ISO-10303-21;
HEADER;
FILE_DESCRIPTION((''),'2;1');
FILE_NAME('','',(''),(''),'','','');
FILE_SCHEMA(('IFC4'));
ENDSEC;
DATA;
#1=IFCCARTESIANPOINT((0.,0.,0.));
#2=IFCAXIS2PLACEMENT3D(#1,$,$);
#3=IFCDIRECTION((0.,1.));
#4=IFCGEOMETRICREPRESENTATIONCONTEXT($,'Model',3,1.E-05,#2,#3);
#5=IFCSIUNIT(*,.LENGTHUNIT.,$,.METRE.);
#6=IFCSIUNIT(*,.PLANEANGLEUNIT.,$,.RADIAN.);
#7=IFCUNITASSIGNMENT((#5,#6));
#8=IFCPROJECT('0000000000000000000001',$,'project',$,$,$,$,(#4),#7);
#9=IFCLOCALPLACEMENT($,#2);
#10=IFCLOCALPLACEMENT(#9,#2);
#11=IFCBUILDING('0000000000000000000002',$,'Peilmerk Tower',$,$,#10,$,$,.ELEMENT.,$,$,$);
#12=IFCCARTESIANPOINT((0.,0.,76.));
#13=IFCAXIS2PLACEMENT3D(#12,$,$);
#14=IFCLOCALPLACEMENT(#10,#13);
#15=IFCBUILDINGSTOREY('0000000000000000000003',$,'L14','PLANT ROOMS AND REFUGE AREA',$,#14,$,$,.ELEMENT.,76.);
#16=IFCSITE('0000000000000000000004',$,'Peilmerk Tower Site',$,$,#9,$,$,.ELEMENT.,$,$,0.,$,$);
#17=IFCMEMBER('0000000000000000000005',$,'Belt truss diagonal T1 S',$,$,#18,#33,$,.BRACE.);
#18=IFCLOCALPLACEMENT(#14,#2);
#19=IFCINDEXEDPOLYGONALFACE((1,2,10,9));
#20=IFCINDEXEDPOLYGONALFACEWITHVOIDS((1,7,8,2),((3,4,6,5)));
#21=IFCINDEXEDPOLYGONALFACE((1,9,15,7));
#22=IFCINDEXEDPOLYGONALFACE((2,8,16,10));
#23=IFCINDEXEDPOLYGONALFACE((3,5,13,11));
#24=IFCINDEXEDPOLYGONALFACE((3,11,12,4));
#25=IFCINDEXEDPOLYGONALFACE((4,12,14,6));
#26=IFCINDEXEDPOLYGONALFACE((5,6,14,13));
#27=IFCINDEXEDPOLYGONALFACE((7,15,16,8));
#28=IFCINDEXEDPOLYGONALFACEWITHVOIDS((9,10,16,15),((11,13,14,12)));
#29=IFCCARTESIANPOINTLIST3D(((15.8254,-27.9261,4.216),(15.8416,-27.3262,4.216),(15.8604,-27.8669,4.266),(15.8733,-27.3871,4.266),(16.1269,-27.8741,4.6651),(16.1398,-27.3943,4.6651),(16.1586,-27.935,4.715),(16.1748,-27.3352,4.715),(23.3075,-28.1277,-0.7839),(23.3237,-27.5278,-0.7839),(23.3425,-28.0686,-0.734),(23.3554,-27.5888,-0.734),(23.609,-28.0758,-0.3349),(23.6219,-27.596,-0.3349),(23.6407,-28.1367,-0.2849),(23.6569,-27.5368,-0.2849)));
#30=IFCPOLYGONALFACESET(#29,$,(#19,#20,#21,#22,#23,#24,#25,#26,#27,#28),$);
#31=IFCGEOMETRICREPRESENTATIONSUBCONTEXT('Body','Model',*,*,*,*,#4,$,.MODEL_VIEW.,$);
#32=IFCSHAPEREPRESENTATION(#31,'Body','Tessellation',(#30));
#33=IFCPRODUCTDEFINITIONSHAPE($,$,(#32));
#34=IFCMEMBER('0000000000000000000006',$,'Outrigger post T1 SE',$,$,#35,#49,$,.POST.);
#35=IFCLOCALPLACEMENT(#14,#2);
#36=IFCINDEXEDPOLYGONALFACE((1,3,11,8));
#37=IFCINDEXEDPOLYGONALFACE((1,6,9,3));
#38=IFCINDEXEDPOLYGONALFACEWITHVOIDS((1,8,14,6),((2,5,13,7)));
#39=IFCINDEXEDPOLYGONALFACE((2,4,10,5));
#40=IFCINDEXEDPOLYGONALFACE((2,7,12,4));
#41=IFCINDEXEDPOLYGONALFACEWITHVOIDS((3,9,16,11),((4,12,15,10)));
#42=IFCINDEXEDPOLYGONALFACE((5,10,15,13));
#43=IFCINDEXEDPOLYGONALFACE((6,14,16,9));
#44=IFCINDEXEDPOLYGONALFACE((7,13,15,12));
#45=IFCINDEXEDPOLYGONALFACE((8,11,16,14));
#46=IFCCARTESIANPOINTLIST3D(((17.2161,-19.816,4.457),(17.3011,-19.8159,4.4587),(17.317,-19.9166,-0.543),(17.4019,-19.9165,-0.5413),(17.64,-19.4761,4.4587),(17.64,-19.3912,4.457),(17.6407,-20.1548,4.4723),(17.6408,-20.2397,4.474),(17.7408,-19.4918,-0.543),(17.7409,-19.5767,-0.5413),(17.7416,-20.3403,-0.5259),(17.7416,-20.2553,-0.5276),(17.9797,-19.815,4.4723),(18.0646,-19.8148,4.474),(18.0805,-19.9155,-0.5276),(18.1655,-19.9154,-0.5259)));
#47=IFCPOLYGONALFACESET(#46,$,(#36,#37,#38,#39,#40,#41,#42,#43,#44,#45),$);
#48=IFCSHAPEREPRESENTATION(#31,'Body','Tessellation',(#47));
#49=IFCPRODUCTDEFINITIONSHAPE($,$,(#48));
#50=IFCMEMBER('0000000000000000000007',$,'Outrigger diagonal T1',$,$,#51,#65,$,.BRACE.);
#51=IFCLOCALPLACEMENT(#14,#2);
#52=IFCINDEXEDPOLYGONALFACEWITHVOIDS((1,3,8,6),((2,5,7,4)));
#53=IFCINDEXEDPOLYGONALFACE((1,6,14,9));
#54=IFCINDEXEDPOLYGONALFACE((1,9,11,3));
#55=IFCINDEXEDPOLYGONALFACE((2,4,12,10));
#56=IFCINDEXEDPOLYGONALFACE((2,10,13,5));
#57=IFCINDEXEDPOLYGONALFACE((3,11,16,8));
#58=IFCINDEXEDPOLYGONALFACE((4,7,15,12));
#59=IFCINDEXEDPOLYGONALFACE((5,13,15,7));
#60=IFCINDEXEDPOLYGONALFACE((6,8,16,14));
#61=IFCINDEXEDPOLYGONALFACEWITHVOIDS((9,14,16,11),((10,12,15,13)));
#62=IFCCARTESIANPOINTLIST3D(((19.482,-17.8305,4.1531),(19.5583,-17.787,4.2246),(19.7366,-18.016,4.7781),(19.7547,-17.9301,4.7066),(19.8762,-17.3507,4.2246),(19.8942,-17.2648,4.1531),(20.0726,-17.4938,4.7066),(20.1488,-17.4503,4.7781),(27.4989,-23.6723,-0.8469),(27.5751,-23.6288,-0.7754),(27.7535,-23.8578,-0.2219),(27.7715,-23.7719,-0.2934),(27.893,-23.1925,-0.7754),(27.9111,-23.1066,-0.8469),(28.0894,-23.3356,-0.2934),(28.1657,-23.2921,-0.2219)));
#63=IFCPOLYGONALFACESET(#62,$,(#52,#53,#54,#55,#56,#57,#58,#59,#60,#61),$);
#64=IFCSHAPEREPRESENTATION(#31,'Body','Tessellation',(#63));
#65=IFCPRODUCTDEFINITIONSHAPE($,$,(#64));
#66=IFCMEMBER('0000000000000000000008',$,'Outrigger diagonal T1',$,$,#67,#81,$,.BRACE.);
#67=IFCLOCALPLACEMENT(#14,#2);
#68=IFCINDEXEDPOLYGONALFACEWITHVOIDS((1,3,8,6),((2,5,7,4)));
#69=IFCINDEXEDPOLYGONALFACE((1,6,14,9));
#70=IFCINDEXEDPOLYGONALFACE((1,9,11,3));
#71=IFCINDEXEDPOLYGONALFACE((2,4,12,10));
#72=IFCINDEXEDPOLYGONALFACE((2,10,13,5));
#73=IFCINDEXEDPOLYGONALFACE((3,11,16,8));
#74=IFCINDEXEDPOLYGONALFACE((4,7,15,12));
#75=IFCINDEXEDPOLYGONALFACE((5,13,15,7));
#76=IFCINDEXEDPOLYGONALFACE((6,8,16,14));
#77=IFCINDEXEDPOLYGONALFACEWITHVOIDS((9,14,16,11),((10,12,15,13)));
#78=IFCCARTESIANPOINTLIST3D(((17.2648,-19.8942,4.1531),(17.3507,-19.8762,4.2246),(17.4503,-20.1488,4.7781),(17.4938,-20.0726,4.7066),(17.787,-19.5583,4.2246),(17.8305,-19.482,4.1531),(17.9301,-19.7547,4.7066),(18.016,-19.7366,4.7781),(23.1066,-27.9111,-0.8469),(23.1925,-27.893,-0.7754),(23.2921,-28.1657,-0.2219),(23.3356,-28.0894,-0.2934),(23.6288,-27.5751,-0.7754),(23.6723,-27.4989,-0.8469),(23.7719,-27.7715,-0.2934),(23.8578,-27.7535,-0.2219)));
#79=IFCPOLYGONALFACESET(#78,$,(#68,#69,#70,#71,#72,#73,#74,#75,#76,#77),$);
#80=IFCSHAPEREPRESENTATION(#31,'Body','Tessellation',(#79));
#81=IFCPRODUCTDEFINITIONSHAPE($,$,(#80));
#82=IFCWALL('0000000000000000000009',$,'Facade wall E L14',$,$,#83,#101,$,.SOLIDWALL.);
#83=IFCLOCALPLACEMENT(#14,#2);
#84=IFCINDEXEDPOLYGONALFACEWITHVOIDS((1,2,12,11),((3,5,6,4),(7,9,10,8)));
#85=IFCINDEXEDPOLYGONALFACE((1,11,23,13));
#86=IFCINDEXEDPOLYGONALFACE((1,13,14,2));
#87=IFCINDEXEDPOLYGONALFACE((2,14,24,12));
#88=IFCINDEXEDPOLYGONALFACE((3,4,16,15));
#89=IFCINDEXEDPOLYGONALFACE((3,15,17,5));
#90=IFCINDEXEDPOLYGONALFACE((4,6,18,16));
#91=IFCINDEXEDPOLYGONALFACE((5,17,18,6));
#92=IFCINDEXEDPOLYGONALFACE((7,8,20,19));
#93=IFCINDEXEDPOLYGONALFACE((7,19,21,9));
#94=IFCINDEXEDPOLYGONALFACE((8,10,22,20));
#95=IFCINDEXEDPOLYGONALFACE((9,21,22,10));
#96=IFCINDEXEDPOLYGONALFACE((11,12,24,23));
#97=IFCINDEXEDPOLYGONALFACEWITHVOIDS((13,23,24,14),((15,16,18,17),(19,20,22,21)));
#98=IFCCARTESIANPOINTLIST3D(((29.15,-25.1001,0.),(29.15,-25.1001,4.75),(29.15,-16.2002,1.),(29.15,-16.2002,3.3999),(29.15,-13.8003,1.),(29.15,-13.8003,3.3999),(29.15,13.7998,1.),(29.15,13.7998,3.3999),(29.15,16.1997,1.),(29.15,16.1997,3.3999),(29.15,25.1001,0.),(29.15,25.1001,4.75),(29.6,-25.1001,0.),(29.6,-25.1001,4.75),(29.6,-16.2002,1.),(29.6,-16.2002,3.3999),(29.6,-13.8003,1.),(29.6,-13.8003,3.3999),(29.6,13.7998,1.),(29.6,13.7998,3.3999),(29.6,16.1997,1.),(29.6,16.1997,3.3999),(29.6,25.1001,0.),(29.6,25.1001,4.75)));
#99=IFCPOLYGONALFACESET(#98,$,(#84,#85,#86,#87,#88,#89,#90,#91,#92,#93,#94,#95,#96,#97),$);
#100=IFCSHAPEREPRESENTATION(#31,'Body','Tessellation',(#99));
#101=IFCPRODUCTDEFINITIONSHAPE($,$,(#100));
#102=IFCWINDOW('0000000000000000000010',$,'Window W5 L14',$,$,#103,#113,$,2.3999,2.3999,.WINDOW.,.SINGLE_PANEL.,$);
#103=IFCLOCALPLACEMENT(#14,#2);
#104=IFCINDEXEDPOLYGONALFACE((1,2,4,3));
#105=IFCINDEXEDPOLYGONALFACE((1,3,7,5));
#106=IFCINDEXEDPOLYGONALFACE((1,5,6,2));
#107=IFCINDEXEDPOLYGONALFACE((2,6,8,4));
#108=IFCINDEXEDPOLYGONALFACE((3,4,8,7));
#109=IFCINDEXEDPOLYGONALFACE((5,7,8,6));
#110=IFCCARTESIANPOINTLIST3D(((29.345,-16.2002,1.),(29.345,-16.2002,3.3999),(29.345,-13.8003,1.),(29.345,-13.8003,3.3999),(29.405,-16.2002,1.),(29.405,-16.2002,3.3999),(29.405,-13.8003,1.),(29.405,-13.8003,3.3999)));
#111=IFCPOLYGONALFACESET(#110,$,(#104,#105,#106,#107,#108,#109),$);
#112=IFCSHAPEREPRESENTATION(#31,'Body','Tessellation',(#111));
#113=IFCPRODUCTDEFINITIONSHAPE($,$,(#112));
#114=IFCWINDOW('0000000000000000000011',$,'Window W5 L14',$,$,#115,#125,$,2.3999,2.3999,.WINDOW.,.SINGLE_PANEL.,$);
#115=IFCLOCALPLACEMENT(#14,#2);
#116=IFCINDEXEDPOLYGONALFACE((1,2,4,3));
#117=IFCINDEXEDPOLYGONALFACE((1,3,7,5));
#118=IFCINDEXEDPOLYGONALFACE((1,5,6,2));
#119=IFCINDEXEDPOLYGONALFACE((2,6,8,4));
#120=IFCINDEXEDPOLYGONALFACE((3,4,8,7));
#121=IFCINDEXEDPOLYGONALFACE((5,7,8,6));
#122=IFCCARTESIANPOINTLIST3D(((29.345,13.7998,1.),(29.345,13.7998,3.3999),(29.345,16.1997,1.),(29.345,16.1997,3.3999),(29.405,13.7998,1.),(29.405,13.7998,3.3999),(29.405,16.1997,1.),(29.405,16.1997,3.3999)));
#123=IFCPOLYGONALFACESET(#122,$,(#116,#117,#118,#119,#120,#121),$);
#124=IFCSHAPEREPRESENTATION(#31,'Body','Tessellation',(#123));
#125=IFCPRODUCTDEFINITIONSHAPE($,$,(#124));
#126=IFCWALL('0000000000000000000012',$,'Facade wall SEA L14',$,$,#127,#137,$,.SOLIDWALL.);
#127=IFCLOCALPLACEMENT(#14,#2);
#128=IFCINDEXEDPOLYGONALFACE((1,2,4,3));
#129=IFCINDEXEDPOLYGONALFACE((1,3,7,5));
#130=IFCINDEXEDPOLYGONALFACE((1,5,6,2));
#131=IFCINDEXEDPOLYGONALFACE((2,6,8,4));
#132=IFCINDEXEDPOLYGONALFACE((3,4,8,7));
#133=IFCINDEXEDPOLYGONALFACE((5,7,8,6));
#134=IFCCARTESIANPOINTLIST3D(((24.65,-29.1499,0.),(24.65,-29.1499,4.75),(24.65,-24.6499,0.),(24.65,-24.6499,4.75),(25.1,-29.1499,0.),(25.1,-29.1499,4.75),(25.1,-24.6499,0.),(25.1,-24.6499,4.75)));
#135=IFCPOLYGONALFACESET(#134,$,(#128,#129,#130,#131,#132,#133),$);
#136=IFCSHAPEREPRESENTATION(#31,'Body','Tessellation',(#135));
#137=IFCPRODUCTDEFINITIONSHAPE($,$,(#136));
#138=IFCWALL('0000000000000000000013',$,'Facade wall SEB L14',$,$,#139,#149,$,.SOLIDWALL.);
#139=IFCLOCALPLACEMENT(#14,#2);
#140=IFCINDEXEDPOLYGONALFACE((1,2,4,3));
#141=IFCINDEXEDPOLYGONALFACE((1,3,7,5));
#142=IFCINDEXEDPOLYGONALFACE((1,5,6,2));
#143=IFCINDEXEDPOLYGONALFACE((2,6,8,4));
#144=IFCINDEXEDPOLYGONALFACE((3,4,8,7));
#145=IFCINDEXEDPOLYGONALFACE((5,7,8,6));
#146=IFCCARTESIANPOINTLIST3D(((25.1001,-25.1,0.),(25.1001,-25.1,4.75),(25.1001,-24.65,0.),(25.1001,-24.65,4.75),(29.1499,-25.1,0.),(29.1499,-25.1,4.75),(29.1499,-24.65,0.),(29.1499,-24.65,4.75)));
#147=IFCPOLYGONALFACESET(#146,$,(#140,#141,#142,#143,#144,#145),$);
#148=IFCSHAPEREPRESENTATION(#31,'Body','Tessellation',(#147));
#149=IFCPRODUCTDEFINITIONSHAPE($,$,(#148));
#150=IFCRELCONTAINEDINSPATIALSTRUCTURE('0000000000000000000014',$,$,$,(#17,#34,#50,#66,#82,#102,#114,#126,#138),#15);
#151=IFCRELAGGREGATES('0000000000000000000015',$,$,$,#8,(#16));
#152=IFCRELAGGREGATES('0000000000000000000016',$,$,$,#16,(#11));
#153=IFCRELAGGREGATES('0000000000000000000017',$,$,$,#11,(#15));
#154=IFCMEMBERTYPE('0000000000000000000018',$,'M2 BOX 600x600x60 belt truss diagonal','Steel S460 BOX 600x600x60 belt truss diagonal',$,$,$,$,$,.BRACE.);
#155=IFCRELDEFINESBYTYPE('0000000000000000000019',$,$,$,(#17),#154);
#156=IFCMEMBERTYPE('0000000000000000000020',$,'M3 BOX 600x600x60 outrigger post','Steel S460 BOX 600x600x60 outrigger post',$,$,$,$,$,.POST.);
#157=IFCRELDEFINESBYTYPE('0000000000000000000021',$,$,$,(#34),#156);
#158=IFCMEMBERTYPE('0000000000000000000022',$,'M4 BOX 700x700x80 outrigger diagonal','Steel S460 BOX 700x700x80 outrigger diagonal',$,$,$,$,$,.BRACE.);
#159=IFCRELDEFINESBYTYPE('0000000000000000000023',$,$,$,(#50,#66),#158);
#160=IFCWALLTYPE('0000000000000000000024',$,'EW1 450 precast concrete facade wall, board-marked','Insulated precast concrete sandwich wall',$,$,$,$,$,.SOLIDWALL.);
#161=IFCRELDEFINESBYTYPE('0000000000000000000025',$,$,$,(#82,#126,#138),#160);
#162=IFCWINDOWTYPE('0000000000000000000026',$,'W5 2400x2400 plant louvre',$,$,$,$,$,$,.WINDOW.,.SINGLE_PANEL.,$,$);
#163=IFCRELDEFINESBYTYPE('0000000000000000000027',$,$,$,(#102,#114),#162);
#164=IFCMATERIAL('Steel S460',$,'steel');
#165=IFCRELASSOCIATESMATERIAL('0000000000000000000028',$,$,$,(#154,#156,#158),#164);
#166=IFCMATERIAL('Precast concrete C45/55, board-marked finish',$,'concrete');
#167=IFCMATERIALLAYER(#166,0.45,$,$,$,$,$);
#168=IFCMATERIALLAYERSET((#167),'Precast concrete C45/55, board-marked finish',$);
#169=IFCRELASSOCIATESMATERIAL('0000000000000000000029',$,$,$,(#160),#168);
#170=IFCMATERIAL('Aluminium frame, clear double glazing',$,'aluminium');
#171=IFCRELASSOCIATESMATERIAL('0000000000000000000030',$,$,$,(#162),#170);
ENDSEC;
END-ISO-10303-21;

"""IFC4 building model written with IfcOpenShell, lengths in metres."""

from ifc_helpers import new_model, si_unit, direction, frame, frame_2d, origin, origin_2d, place, context, subcontext, project, spatial, rectangle, hollow_rectangle, extrude, material, layer, layer_set, material_profile, profile_set, type_object, element, fill, save


model = new_model("IFC4")

# Units and contexts
model_context = context("Model", 3, precision=1e-05, world=origin(), true_north=direction((0.0, 1.0)))
body_context = subcontext(model_context, "Body", "Model", "MODEL_VIEW")
ifc_project = project(units=[si_unit("LENGTHUNIT", "METRE"), si_unit("PLANEANGLEUNIT", "RADIAN")], contexts=[model_context])

# Site, building, storey
site_placement = place(None, origin())
site = spatial("IfcSite", under=ifc_project, at=site_placement, Name="Peilmerk Tower Site", CompositionType="ELEMENT", RefElevation=0.0)
building_placement = place(site_placement, origin())
building = spatial("IfcBuilding", under=site, at=building_placement, Name="Peilmerk Tower", CompositionType="ELEMENT")
storey_placement = place(building_placement, frame((0.0, 0.0, 76.0)))
storey = spatial("IfcBuildingStorey", under=building, at=storey_placement, Name="L14", Description="PLANT ROOMS AND REFUGE AREA", CompositionType="ELEMENT", Elevation=76.0)

# Shared definitions
ifc_material_1 = material(Name="Steel S460", Category="steel")

# Members
ifc_material_profile_1 = material_profile(ifc_material_1, hollow_rectangle(XDim=0.6001, YDim=0.6001, WallThickness=0.0601, at=origin_2d()), Name="BOX 600x600x60")
ifc_profile_set_1 = profile_set([ifc_material_profile_1], Name="Steel S460")
member_type_1 = type_object("IfcMemberType", Name="M2 BOX 600x600x60 belt truss diagonal", Description="Steel S460 BOX 600x600x60 belt truss diagonal", PredefinedType="BRACE", material=ifc_profile_set_1)
member_1_placement = place(storey_placement, frame((23.4822, -27.8323, -0.5344), z_axis=(-0.831232, 0.022403, 0.555474), x_axis=(-0.026942, -0.999637, 0.0)))
element("IfcMember", 1, at=member_1_placement, inside=storey, type_object=member_type_1, Name="Belt truss diagonal T1 S", PredefinedType="BRACE", context=body_context, shape_type="SweptSolid", body=[
    extrude(hollow_rectangle(XDim=0.6001, YDim=0.6001, WallThickness=0.0601, at=origin_2d()), origin(), (0.0, 0.0, 1.0), 9.0012),
])
ifc_material_profile_2 = material_profile(ifc_material_1, hollow_rectangle(XDim=0.6001, YDim=0.6001, WallThickness=0.0601, at=origin_2d()), Name="BOX 600x600x60")
ifc_profile_set_2 = profile_set([ifc_material_profile_2], Name="Steel S460")
member_type_2 = type_object("IfcMemberType", Name="M3 BOX 600x600x60 outrigger post", Description="Steel S460 BOX 600x600x60 outrigger post", PredefinedType="POST", material=ifc_profile_set_2)
member_2_placement = place(storey_placement, frame((17.7412, -19.916, -0.5344), z_axis=(-0.020158, 0.020109, 0.999595), x_axis=(-0.706249, -0.707963, 0.0)))
element("IfcMember", 2, at=member_2_placement, inside=storey, type_object=member_type_2, Name="Outrigger post T1 SE", PredefinedType="POST", context=body_context, shape_type="SweptSolid", body=[
    extrude(hollow_rectangle(XDim=0.6001, YDim=0.6001, WallThickness=0.0601, at=origin_2d()), origin(), (0.0, 0.0, 1.0), 5.002),
])
ifc_material_profile_3 = material_profile(ifc_material_1, hollow_rectangle(XDim=0.7, YDim=0.7, WallThickness=0.0801, at=origin_2d()), Name="BOX 700x700x80")
ifc_profile_set_3 = profile_set([ifc_material_profile_3], Name="Steel S460")
member_type_3 = type_object("IfcMemberType", Name="M4 BOX 700x700x80 outrigger diagonal", Description="Steel S460 BOX 700x700x80 outrigger diagonal", PredefinedType="BRACE", material=ifc_profile_set_3)
for number, where, z_axis, x_axis, name in (
    (3, (27.8323, -23.4822, -0.5344), (-0.721693, 0.52589, 0.45011), (-0.588921, -0.808191, 0.0), "Outrigger diagonal T1"),
    (4, (23.4822, -27.8323, -0.5344), (-0.52589, 0.721693, 0.45011), (-0.808191, -0.588921, 0.0), "Outrigger diagonal T1"),
):
    element("IfcMember", number, at=place(storey_placement, frame(where, z_axis=z_axis, x_axis=x_axis)), inside=storey, type_object=member_type_3, Name=name, PredefinedType="BRACE", context=body_context, shape_type="SweptSolid", body=[
        extrude(hollow_rectangle(XDim=0.7, YDim=0.7, WallThickness=0.0801, at=origin_2d()), origin(), (0.0, 0.0, 1.0), 11.1084),
    ])

# Wall, openings, windows
ifc_material_2 = material(Name="Precast concrete C45/55, board-marked finish", Category="concrete")
ifc_layer = layer(ifc_material_2, 0.45)
ifc_layer_set = layer_set([ifc_layer], Name="Precast concrete C45/55, board-marked finish")
wall_type = type_object("IfcWallType", Name="EW1 450 precast concrete facade wall, board-marked", Description="Insulated precast concrete sandwich wall", PredefinedType="SOLIDWALL", material=ifc_layer_set)
wall_1_placement = place(storey_placement, frame((29.375, -25.1001, 0.0), z_axis=(0.0, 0.0, 1.0), x_axis=(0.0, 1.0, 0.0)))
wall_1 = element("IfcWall", 5, at=wall_1_placement, inside=storey, type_object=wall_type, Name="Facade wall E L14", PredefinedType="SOLIDWALL", context=body_context, shape_type="SweptSolid", body=[
    extrude(rectangle(XDim=50.2002, YDim=0.45, at=frame_2d((25.1001, 0.0))), origin(), (0.0, 0.0, 1.0), 4.75),
])
opening_1_placement = place(wall_1_placement, frame((8.8999, 0.0, 1.0)))
opening_1 = element("IfcOpeningElement", 6, at=opening_1_placement, cuts=wall_1, PredefinedType="OPENING", context=body_context, shape_type="SweptSolid", body=[
    extrude(rectangle(XDim=2.3999, YDim=2.3999, at=frame_2d((1.2, 1.2))), frame((0.0, 0.2349, 0.0), z_axis=(0.0, -1.0, 0.0), x_axis=(1.0, 0.0, 0.0)), (0.0, 0.0, 1.0), 0.47),
])
opening_2_placement = place(wall_1_placement, frame((38.8999, 0.0, 1.0)))
opening_2 = element("IfcOpeningElement", 7, at=opening_2_placement, cuts=wall_1, PredefinedType="OPENING", context=body_context, shape_type="SweptSolid", body=[
    extrude(rectangle(XDim=2.3999, YDim=2.3999, at=frame_2d((1.2, 1.2))), frame((0.0, 0.2349, 0.0), z_axis=(0.0, -1.0, 0.0), x_axis=(1.0, 0.0, 0.0)), (0.0, 0.0, 1.0), 0.47),
])
ifc_material_3 = material(Name="Aluminium frame, clear double glazing", Category="aluminium")
window_type = type_object("IfcWindowType", Name="W5 2400x2400 plant louvre", PartitioningType="SINGLE_PANEL", PredefinedType="WINDOW", material=ifc_material_3)
window_1_placement = place(opening_1_placement, origin())
window_1 = element("IfcWindow", 8, at=window_1_placement, inside=storey, type_object=window_type, Name="Window W5 L14", OverallHeight=2.3999, OverallWidth=2.3999, PartitioningType="SINGLE_PANEL", PredefinedType="WINDOW", context=body_context, shape_type="SweptSolid", body=[
    extrude(rectangle(XDim=2.3999, YDim=2.3999, at=frame_2d((1.2, 1.2))), frame((0.0, 0.03, 0.0), z_axis=(0.0, -1.0, 0.0), x_axis=(1.0, 0.0, 0.0)), (0.0, 0.0, 1.0), 0.0601),
])
fill(opening_1, window_1)
window_2_placement = place(opening_2_placement, origin())
window_2 = element("IfcWindow", 9, at=window_2_placement, inside=storey, type_object=window_type, Name="Window W5 L14", OverallHeight=2.3999, OverallWidth=2.3999, PartitioningType="SINGLE_PANEL", PredefinedType="WINDOW", context=body_context, shape_type="SweptSolid", body=[
    extrude(rectangle(XDim=2.3999, YDim=2.3999, at=frame_2d((1.2, 1.2))), frame((0.0, 0.03, 0.0), z_axis=(0.0, -1.0, 0.0), x_axis=(1.0, 0.0, 0.0)), (0.0, 0.0, 1.0), 0.0601),
])
fill(opening_2, window_2)

# Walls
wall_2_placement = place(storey_placement, frame((24.875, -24.6499, 0.0), z_axis=(0.0, 0.0, 1.0), x_axis=(0.0, -1.0, 0.0)))
element("IfcWall", 10, at=wall_2_placement, inside=storey, type_object=wall_type, Name="Facade wall SEA L14", PredefinedType="SOLIDWALL", context=body_context, shape_type="SweptSolid", body=[
    extrude(rectangle(XDim=4.5, YDim=0.45, at=frame_2d((2.25, 0.0))), origin(), (0.0, 0.0, 1.0), 4.75),
])
wall_3_placement = place(storey_placement, frame((25.1001, -24.875, 0.0), z_axis=(0.0, 0.0, 1.0), x_axis=(1.0, 0.0, 0.0)))
element("IfcWall", 11, at=wall_3_placement, inside=storey, type_object=wall_type, Name="Facade wall SEB L14", PredefinedType="SOLIDWALL", context=body_context, shape_type="SweptSolid", body=[
    extrude(rectangle(XDim=4.0498, YDim=0.45, at=frame_2d((2.0249, 0.0))), origin(), (0.0, 0.0, 1.0), 4.75),
])

save(model, "model.ifc")
